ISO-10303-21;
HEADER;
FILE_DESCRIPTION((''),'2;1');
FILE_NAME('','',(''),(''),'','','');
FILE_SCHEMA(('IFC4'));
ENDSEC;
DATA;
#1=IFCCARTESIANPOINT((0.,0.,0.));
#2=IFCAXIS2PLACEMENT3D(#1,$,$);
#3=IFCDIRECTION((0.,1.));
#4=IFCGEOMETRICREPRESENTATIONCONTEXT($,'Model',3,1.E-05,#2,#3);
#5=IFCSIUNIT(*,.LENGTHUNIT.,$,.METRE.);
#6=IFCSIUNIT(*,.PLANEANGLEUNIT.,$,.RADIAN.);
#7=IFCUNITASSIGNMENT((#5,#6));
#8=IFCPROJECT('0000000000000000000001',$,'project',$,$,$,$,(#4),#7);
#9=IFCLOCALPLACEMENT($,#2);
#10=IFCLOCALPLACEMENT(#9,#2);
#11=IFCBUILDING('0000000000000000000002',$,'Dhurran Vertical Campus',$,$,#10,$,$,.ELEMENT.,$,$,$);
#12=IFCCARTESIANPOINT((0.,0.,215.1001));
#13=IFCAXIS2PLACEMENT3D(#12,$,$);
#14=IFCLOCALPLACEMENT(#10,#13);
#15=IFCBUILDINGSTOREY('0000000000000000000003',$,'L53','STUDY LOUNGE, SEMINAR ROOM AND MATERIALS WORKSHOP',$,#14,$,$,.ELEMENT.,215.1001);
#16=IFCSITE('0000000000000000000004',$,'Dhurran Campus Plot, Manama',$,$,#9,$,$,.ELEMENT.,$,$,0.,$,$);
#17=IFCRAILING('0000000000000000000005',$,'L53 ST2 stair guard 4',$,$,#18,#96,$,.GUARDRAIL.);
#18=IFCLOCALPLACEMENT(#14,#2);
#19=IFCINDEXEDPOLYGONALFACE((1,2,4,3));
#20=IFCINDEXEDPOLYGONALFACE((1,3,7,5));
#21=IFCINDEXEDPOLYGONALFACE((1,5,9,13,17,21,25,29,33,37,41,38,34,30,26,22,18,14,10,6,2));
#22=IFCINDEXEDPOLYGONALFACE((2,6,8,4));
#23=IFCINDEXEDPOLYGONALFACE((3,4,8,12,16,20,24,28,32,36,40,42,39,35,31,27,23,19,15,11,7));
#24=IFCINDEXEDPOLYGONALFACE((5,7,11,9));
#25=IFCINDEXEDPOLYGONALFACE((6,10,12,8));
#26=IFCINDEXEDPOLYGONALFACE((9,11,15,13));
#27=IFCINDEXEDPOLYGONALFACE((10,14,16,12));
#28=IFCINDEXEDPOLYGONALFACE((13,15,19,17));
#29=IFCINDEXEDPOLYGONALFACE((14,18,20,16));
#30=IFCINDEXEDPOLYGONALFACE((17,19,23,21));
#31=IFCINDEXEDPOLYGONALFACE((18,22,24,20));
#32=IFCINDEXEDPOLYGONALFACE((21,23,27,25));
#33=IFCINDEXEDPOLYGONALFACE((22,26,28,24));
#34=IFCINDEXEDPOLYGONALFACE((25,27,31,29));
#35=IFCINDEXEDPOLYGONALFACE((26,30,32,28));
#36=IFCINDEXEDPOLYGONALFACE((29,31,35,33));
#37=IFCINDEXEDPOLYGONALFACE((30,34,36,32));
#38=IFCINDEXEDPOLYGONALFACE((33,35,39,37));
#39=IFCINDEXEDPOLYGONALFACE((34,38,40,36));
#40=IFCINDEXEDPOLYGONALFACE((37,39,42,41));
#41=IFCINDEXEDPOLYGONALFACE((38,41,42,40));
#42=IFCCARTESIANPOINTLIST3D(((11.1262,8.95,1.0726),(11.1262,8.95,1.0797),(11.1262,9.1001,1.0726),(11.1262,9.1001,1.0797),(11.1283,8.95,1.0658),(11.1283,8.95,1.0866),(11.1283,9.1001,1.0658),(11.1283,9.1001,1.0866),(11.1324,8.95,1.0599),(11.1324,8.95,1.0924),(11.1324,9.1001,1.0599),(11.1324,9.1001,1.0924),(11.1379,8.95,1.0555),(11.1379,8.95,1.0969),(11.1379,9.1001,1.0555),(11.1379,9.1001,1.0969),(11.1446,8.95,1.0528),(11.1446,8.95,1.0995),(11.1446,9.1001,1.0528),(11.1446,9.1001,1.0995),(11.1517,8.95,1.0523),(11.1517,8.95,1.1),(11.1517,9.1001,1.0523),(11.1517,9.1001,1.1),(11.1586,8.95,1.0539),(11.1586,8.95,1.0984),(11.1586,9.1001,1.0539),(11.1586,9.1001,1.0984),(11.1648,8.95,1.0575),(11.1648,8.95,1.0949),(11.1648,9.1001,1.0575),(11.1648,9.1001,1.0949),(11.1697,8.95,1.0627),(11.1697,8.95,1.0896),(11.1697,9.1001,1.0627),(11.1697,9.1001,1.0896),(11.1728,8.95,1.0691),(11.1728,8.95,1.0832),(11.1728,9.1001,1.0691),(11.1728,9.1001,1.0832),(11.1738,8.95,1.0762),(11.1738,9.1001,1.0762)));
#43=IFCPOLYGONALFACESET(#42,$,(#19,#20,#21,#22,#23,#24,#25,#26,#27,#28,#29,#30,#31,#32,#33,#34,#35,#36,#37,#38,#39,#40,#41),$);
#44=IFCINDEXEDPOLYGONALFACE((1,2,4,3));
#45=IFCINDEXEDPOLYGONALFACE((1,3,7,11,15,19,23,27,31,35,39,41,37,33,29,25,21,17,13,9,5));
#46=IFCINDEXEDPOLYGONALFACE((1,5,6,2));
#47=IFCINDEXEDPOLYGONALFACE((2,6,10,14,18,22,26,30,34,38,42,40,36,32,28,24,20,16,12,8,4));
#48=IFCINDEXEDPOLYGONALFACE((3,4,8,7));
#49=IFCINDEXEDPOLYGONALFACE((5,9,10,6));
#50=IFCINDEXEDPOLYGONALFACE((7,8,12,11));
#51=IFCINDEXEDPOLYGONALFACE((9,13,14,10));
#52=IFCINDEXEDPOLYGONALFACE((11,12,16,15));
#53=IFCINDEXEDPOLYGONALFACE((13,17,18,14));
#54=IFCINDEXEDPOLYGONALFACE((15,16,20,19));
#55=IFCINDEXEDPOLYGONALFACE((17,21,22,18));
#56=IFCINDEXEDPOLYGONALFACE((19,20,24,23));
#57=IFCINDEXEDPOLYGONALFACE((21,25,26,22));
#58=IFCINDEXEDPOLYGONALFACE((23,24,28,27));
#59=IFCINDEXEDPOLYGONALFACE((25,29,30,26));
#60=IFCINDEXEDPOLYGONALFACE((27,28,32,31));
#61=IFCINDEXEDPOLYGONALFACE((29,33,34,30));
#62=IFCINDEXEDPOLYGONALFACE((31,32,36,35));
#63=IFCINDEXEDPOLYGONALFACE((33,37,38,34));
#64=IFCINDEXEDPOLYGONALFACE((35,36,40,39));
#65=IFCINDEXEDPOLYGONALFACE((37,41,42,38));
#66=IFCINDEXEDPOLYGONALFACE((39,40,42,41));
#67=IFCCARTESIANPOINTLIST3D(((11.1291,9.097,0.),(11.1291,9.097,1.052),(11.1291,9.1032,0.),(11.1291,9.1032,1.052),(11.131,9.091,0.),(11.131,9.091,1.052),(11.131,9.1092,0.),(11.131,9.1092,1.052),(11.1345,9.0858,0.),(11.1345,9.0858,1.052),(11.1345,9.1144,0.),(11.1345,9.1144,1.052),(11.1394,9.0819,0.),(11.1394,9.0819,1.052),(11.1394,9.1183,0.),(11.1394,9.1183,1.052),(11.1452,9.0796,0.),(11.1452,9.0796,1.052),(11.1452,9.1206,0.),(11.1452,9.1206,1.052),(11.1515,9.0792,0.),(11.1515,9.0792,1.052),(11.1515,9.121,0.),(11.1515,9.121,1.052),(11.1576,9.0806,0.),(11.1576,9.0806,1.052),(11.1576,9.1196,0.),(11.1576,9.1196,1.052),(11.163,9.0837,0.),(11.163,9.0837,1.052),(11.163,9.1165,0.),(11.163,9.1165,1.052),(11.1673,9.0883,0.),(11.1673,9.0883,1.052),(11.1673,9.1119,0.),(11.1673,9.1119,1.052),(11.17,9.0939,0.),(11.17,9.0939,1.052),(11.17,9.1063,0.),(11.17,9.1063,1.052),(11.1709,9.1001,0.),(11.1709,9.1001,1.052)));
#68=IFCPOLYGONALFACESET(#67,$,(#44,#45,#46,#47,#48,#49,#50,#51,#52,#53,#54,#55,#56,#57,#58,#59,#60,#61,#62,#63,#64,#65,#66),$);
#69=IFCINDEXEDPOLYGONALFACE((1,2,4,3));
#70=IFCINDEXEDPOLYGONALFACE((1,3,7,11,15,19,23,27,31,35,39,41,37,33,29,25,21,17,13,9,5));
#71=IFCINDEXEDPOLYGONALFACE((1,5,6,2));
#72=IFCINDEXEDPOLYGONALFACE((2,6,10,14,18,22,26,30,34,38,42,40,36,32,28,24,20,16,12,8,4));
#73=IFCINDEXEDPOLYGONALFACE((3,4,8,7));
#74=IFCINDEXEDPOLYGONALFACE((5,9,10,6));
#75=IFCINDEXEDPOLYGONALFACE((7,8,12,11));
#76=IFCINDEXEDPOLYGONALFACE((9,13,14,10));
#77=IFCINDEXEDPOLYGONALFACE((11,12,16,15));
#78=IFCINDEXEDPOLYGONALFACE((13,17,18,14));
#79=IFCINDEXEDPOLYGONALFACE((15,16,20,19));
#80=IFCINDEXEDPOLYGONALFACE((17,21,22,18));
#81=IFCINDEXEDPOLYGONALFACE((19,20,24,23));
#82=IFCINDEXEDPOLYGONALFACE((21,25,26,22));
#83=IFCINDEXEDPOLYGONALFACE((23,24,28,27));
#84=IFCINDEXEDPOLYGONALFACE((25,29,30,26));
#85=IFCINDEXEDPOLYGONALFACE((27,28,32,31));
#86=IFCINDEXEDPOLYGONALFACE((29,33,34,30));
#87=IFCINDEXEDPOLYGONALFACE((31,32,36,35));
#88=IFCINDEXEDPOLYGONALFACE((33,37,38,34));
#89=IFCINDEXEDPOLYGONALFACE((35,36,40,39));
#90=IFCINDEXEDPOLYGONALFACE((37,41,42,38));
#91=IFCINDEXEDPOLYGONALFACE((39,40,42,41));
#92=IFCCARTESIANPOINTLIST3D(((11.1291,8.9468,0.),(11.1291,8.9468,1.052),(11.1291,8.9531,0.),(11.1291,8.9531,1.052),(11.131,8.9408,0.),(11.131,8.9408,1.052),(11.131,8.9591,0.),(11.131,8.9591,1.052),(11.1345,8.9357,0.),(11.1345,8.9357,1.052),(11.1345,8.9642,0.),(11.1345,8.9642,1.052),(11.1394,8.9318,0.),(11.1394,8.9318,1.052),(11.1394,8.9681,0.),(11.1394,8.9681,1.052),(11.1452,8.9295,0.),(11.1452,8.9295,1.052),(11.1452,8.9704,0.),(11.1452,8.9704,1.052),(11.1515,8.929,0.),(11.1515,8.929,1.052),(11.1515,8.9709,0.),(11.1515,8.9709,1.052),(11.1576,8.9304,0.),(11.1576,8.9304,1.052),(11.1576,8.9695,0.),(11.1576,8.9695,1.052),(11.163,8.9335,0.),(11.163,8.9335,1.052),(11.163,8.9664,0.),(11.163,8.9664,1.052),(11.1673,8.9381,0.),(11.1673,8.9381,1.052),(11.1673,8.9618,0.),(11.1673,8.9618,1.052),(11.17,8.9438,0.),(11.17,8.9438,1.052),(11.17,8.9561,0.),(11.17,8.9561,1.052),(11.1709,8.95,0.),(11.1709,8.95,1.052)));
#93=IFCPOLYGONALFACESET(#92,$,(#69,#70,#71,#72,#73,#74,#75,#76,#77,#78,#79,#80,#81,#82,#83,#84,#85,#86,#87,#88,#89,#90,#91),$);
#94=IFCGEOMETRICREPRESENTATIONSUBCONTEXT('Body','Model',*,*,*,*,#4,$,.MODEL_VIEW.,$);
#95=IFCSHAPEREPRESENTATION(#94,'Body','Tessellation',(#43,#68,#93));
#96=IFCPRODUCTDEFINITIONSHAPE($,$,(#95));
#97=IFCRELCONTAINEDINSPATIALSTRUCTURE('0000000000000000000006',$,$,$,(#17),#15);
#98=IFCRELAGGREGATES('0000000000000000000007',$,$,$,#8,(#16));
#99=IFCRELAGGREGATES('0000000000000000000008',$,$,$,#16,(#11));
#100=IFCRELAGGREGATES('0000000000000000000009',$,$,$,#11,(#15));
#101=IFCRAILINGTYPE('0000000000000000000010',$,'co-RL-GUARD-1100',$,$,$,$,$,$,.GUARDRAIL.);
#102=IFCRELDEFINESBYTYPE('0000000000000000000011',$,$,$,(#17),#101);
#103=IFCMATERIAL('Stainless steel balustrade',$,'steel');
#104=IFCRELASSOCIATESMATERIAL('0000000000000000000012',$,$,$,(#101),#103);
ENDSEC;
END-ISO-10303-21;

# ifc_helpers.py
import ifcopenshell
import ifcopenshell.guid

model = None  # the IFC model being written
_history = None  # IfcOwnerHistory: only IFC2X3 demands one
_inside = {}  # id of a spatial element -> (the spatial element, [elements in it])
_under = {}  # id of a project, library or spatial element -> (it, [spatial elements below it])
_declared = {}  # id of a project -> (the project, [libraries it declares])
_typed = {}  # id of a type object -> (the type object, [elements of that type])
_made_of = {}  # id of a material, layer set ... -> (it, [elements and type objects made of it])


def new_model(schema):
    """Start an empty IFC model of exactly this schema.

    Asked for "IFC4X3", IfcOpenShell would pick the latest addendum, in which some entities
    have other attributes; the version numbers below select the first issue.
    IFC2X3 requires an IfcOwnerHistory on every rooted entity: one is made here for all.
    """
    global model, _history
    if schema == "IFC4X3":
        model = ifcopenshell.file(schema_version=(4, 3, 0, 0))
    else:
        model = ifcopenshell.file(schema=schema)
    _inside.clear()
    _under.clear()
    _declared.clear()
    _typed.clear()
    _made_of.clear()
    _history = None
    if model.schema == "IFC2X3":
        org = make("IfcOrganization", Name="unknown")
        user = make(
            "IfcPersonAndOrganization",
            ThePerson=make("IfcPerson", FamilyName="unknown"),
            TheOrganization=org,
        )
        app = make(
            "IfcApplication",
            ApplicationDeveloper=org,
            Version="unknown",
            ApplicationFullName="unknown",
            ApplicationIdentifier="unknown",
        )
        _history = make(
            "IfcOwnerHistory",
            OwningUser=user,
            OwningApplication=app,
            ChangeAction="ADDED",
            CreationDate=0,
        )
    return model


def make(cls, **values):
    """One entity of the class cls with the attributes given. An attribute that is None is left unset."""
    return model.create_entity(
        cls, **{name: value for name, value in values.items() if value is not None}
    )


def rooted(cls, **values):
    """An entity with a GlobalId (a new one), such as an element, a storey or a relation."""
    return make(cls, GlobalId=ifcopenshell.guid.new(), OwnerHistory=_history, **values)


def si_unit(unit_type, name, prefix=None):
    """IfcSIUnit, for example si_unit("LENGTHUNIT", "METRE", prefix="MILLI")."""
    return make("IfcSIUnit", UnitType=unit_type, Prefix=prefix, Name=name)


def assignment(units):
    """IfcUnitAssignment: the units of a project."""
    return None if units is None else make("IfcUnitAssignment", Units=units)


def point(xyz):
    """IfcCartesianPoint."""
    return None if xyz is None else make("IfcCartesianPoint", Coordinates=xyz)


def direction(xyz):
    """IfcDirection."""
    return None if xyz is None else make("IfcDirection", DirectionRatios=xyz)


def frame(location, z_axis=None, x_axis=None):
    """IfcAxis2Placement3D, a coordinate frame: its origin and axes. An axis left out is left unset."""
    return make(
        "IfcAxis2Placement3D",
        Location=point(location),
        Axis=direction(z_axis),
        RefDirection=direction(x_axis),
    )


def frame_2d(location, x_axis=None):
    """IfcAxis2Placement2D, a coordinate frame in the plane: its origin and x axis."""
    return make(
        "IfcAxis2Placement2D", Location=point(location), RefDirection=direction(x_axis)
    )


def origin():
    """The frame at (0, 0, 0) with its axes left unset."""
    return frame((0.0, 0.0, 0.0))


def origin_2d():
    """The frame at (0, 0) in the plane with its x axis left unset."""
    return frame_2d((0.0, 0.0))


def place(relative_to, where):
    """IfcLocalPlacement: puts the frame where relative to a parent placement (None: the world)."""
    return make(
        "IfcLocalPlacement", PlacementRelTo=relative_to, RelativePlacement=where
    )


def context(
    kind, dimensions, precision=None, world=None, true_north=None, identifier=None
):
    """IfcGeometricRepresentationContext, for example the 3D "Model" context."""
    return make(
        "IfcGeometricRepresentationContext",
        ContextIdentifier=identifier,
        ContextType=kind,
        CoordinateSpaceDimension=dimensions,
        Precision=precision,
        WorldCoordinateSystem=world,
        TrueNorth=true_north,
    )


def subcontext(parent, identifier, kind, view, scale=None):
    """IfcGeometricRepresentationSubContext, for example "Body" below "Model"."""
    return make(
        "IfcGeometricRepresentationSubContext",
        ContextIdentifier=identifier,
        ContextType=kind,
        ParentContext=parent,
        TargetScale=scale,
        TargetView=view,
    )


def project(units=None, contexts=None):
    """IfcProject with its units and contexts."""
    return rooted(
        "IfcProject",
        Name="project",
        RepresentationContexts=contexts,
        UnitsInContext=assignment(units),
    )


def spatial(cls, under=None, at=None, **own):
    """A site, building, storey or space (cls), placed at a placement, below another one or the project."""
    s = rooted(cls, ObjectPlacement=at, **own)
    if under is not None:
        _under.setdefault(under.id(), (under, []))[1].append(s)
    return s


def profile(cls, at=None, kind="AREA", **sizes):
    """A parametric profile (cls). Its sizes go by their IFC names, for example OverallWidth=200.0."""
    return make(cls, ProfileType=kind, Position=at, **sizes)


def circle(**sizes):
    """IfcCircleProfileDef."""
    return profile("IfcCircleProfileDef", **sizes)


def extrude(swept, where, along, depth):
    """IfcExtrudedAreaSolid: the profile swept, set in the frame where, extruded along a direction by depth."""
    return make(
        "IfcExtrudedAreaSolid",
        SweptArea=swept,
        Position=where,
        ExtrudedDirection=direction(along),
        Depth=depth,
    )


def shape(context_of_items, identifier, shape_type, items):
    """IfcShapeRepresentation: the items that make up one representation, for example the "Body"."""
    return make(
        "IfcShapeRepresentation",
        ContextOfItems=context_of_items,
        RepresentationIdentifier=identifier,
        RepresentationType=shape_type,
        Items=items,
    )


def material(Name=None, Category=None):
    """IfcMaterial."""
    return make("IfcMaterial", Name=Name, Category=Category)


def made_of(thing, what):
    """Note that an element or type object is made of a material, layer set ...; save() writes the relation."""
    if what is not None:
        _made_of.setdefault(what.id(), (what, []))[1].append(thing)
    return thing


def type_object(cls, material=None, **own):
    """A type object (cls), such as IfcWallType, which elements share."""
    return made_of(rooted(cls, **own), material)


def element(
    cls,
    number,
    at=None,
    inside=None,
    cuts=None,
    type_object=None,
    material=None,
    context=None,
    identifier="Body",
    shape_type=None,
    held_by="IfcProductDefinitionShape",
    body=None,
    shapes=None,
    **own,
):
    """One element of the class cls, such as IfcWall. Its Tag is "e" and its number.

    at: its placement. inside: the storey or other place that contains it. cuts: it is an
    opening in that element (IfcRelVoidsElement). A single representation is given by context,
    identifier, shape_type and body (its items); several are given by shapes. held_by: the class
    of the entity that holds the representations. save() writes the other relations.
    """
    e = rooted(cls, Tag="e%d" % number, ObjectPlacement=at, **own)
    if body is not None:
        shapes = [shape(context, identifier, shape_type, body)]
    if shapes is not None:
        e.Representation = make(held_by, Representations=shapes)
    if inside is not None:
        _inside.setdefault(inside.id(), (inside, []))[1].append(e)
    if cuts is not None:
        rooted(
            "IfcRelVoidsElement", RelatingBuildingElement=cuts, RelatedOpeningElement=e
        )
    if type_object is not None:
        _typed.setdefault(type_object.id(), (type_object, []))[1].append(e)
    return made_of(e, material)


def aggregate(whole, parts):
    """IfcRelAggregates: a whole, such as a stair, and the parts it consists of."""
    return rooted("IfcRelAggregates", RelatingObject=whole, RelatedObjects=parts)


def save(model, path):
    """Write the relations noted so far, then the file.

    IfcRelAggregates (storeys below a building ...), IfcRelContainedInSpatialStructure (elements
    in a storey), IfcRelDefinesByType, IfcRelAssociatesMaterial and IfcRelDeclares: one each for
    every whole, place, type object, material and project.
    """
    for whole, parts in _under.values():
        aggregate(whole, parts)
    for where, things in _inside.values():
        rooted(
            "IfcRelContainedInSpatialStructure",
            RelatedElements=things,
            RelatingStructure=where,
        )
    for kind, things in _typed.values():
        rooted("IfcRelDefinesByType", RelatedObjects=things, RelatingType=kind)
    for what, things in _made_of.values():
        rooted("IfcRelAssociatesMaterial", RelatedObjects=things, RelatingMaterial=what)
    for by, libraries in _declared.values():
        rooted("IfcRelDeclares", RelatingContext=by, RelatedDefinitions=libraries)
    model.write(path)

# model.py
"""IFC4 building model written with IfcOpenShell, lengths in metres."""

from ifc_helpers import new_model, si_unit, direction, frame, origin, origin_2d, place, context, subcontext, project, spatial, circle, extrude, material, type_object, element, save


model = new_model("IFC4")

# Units and contexts
model_context = context("Model", 3, precision=1e-05, world=origin(), true_north=direction((0.0, 1.0)))
body_context = subcontext(model_context, "Body", "Model", "MODEL_VIEW")
ifc_project = project(units=[si_unit("LENGTHUNIT", "METRE"), si_unit("PLANEANGLEUNIT", "RADIAN")], contexts=[model_context])

# Site, building, storey
site_placement = place(None, origin())
site = spatial("IfcSite", under=ifc_project, at=site_placement, Name="Dhurran Campus Plot, Manama", CompositionType="ELEMENT", RefElevation=0.0)
building_placement = place(site_placement, origin())
building = spatial("IfcBuilding", under=site, at=building_placement, Name="Dhurran Vertical Campus", CompositionType="ELEMENT")
storey_placement = place(building_placement, frame((0.0, 0.0, 215.1001)))
storey = spatial("IfcBuildingStorey", under=building, at=storey_placement, Name="L53", Description="STUDY LOUNGE, SEMINAR ROOM AND MATERIALS WORKSHOP", CompositionType="ELEMENT", Elevation=215.1001)

# Railing
ifc_material_1 = material(Name="Stainless steel balustrade", Category="steel")
railing_type_1 = type_object("IfcRailingType", Name="co-RL-GUARD-1100", PredefinedType="GUARDRAIL", material=ifc_material_1)
railing_1_placement = place(storey_placement, frame((11.1499, 9.1001, 0.0)))
element("IfcRailing", 1, at=railing_1_placement, inside=storey, type_object=railing_type_1, Name="L53 ST2 stair guard 4", PredefinedType="GUARDRAIL", context=body_context, shape_type="SweptSolid", body=[
    extrude(circle(Radius=0.0239, at=origin_2d()), frame((0.0, 0.0, 1.0762), z_axis=(0.0, -1.0, 0.0), x_axis=(1.0, 0.0, 0.0)), (0.0, 0.0, 1.0), 0.1501),
    extrude(circle(Radius=0.021, at=origin_2d()), origin(), (0.0, 0.0, 1.0), 1.052),
    extrude(circle(Radius=0.021, at=origin_2d()), frame((0.0, -0.1501, 0.0)), (0.0, 0.0, 1.0), 1.052),
])

save(model, "model.ifc")
